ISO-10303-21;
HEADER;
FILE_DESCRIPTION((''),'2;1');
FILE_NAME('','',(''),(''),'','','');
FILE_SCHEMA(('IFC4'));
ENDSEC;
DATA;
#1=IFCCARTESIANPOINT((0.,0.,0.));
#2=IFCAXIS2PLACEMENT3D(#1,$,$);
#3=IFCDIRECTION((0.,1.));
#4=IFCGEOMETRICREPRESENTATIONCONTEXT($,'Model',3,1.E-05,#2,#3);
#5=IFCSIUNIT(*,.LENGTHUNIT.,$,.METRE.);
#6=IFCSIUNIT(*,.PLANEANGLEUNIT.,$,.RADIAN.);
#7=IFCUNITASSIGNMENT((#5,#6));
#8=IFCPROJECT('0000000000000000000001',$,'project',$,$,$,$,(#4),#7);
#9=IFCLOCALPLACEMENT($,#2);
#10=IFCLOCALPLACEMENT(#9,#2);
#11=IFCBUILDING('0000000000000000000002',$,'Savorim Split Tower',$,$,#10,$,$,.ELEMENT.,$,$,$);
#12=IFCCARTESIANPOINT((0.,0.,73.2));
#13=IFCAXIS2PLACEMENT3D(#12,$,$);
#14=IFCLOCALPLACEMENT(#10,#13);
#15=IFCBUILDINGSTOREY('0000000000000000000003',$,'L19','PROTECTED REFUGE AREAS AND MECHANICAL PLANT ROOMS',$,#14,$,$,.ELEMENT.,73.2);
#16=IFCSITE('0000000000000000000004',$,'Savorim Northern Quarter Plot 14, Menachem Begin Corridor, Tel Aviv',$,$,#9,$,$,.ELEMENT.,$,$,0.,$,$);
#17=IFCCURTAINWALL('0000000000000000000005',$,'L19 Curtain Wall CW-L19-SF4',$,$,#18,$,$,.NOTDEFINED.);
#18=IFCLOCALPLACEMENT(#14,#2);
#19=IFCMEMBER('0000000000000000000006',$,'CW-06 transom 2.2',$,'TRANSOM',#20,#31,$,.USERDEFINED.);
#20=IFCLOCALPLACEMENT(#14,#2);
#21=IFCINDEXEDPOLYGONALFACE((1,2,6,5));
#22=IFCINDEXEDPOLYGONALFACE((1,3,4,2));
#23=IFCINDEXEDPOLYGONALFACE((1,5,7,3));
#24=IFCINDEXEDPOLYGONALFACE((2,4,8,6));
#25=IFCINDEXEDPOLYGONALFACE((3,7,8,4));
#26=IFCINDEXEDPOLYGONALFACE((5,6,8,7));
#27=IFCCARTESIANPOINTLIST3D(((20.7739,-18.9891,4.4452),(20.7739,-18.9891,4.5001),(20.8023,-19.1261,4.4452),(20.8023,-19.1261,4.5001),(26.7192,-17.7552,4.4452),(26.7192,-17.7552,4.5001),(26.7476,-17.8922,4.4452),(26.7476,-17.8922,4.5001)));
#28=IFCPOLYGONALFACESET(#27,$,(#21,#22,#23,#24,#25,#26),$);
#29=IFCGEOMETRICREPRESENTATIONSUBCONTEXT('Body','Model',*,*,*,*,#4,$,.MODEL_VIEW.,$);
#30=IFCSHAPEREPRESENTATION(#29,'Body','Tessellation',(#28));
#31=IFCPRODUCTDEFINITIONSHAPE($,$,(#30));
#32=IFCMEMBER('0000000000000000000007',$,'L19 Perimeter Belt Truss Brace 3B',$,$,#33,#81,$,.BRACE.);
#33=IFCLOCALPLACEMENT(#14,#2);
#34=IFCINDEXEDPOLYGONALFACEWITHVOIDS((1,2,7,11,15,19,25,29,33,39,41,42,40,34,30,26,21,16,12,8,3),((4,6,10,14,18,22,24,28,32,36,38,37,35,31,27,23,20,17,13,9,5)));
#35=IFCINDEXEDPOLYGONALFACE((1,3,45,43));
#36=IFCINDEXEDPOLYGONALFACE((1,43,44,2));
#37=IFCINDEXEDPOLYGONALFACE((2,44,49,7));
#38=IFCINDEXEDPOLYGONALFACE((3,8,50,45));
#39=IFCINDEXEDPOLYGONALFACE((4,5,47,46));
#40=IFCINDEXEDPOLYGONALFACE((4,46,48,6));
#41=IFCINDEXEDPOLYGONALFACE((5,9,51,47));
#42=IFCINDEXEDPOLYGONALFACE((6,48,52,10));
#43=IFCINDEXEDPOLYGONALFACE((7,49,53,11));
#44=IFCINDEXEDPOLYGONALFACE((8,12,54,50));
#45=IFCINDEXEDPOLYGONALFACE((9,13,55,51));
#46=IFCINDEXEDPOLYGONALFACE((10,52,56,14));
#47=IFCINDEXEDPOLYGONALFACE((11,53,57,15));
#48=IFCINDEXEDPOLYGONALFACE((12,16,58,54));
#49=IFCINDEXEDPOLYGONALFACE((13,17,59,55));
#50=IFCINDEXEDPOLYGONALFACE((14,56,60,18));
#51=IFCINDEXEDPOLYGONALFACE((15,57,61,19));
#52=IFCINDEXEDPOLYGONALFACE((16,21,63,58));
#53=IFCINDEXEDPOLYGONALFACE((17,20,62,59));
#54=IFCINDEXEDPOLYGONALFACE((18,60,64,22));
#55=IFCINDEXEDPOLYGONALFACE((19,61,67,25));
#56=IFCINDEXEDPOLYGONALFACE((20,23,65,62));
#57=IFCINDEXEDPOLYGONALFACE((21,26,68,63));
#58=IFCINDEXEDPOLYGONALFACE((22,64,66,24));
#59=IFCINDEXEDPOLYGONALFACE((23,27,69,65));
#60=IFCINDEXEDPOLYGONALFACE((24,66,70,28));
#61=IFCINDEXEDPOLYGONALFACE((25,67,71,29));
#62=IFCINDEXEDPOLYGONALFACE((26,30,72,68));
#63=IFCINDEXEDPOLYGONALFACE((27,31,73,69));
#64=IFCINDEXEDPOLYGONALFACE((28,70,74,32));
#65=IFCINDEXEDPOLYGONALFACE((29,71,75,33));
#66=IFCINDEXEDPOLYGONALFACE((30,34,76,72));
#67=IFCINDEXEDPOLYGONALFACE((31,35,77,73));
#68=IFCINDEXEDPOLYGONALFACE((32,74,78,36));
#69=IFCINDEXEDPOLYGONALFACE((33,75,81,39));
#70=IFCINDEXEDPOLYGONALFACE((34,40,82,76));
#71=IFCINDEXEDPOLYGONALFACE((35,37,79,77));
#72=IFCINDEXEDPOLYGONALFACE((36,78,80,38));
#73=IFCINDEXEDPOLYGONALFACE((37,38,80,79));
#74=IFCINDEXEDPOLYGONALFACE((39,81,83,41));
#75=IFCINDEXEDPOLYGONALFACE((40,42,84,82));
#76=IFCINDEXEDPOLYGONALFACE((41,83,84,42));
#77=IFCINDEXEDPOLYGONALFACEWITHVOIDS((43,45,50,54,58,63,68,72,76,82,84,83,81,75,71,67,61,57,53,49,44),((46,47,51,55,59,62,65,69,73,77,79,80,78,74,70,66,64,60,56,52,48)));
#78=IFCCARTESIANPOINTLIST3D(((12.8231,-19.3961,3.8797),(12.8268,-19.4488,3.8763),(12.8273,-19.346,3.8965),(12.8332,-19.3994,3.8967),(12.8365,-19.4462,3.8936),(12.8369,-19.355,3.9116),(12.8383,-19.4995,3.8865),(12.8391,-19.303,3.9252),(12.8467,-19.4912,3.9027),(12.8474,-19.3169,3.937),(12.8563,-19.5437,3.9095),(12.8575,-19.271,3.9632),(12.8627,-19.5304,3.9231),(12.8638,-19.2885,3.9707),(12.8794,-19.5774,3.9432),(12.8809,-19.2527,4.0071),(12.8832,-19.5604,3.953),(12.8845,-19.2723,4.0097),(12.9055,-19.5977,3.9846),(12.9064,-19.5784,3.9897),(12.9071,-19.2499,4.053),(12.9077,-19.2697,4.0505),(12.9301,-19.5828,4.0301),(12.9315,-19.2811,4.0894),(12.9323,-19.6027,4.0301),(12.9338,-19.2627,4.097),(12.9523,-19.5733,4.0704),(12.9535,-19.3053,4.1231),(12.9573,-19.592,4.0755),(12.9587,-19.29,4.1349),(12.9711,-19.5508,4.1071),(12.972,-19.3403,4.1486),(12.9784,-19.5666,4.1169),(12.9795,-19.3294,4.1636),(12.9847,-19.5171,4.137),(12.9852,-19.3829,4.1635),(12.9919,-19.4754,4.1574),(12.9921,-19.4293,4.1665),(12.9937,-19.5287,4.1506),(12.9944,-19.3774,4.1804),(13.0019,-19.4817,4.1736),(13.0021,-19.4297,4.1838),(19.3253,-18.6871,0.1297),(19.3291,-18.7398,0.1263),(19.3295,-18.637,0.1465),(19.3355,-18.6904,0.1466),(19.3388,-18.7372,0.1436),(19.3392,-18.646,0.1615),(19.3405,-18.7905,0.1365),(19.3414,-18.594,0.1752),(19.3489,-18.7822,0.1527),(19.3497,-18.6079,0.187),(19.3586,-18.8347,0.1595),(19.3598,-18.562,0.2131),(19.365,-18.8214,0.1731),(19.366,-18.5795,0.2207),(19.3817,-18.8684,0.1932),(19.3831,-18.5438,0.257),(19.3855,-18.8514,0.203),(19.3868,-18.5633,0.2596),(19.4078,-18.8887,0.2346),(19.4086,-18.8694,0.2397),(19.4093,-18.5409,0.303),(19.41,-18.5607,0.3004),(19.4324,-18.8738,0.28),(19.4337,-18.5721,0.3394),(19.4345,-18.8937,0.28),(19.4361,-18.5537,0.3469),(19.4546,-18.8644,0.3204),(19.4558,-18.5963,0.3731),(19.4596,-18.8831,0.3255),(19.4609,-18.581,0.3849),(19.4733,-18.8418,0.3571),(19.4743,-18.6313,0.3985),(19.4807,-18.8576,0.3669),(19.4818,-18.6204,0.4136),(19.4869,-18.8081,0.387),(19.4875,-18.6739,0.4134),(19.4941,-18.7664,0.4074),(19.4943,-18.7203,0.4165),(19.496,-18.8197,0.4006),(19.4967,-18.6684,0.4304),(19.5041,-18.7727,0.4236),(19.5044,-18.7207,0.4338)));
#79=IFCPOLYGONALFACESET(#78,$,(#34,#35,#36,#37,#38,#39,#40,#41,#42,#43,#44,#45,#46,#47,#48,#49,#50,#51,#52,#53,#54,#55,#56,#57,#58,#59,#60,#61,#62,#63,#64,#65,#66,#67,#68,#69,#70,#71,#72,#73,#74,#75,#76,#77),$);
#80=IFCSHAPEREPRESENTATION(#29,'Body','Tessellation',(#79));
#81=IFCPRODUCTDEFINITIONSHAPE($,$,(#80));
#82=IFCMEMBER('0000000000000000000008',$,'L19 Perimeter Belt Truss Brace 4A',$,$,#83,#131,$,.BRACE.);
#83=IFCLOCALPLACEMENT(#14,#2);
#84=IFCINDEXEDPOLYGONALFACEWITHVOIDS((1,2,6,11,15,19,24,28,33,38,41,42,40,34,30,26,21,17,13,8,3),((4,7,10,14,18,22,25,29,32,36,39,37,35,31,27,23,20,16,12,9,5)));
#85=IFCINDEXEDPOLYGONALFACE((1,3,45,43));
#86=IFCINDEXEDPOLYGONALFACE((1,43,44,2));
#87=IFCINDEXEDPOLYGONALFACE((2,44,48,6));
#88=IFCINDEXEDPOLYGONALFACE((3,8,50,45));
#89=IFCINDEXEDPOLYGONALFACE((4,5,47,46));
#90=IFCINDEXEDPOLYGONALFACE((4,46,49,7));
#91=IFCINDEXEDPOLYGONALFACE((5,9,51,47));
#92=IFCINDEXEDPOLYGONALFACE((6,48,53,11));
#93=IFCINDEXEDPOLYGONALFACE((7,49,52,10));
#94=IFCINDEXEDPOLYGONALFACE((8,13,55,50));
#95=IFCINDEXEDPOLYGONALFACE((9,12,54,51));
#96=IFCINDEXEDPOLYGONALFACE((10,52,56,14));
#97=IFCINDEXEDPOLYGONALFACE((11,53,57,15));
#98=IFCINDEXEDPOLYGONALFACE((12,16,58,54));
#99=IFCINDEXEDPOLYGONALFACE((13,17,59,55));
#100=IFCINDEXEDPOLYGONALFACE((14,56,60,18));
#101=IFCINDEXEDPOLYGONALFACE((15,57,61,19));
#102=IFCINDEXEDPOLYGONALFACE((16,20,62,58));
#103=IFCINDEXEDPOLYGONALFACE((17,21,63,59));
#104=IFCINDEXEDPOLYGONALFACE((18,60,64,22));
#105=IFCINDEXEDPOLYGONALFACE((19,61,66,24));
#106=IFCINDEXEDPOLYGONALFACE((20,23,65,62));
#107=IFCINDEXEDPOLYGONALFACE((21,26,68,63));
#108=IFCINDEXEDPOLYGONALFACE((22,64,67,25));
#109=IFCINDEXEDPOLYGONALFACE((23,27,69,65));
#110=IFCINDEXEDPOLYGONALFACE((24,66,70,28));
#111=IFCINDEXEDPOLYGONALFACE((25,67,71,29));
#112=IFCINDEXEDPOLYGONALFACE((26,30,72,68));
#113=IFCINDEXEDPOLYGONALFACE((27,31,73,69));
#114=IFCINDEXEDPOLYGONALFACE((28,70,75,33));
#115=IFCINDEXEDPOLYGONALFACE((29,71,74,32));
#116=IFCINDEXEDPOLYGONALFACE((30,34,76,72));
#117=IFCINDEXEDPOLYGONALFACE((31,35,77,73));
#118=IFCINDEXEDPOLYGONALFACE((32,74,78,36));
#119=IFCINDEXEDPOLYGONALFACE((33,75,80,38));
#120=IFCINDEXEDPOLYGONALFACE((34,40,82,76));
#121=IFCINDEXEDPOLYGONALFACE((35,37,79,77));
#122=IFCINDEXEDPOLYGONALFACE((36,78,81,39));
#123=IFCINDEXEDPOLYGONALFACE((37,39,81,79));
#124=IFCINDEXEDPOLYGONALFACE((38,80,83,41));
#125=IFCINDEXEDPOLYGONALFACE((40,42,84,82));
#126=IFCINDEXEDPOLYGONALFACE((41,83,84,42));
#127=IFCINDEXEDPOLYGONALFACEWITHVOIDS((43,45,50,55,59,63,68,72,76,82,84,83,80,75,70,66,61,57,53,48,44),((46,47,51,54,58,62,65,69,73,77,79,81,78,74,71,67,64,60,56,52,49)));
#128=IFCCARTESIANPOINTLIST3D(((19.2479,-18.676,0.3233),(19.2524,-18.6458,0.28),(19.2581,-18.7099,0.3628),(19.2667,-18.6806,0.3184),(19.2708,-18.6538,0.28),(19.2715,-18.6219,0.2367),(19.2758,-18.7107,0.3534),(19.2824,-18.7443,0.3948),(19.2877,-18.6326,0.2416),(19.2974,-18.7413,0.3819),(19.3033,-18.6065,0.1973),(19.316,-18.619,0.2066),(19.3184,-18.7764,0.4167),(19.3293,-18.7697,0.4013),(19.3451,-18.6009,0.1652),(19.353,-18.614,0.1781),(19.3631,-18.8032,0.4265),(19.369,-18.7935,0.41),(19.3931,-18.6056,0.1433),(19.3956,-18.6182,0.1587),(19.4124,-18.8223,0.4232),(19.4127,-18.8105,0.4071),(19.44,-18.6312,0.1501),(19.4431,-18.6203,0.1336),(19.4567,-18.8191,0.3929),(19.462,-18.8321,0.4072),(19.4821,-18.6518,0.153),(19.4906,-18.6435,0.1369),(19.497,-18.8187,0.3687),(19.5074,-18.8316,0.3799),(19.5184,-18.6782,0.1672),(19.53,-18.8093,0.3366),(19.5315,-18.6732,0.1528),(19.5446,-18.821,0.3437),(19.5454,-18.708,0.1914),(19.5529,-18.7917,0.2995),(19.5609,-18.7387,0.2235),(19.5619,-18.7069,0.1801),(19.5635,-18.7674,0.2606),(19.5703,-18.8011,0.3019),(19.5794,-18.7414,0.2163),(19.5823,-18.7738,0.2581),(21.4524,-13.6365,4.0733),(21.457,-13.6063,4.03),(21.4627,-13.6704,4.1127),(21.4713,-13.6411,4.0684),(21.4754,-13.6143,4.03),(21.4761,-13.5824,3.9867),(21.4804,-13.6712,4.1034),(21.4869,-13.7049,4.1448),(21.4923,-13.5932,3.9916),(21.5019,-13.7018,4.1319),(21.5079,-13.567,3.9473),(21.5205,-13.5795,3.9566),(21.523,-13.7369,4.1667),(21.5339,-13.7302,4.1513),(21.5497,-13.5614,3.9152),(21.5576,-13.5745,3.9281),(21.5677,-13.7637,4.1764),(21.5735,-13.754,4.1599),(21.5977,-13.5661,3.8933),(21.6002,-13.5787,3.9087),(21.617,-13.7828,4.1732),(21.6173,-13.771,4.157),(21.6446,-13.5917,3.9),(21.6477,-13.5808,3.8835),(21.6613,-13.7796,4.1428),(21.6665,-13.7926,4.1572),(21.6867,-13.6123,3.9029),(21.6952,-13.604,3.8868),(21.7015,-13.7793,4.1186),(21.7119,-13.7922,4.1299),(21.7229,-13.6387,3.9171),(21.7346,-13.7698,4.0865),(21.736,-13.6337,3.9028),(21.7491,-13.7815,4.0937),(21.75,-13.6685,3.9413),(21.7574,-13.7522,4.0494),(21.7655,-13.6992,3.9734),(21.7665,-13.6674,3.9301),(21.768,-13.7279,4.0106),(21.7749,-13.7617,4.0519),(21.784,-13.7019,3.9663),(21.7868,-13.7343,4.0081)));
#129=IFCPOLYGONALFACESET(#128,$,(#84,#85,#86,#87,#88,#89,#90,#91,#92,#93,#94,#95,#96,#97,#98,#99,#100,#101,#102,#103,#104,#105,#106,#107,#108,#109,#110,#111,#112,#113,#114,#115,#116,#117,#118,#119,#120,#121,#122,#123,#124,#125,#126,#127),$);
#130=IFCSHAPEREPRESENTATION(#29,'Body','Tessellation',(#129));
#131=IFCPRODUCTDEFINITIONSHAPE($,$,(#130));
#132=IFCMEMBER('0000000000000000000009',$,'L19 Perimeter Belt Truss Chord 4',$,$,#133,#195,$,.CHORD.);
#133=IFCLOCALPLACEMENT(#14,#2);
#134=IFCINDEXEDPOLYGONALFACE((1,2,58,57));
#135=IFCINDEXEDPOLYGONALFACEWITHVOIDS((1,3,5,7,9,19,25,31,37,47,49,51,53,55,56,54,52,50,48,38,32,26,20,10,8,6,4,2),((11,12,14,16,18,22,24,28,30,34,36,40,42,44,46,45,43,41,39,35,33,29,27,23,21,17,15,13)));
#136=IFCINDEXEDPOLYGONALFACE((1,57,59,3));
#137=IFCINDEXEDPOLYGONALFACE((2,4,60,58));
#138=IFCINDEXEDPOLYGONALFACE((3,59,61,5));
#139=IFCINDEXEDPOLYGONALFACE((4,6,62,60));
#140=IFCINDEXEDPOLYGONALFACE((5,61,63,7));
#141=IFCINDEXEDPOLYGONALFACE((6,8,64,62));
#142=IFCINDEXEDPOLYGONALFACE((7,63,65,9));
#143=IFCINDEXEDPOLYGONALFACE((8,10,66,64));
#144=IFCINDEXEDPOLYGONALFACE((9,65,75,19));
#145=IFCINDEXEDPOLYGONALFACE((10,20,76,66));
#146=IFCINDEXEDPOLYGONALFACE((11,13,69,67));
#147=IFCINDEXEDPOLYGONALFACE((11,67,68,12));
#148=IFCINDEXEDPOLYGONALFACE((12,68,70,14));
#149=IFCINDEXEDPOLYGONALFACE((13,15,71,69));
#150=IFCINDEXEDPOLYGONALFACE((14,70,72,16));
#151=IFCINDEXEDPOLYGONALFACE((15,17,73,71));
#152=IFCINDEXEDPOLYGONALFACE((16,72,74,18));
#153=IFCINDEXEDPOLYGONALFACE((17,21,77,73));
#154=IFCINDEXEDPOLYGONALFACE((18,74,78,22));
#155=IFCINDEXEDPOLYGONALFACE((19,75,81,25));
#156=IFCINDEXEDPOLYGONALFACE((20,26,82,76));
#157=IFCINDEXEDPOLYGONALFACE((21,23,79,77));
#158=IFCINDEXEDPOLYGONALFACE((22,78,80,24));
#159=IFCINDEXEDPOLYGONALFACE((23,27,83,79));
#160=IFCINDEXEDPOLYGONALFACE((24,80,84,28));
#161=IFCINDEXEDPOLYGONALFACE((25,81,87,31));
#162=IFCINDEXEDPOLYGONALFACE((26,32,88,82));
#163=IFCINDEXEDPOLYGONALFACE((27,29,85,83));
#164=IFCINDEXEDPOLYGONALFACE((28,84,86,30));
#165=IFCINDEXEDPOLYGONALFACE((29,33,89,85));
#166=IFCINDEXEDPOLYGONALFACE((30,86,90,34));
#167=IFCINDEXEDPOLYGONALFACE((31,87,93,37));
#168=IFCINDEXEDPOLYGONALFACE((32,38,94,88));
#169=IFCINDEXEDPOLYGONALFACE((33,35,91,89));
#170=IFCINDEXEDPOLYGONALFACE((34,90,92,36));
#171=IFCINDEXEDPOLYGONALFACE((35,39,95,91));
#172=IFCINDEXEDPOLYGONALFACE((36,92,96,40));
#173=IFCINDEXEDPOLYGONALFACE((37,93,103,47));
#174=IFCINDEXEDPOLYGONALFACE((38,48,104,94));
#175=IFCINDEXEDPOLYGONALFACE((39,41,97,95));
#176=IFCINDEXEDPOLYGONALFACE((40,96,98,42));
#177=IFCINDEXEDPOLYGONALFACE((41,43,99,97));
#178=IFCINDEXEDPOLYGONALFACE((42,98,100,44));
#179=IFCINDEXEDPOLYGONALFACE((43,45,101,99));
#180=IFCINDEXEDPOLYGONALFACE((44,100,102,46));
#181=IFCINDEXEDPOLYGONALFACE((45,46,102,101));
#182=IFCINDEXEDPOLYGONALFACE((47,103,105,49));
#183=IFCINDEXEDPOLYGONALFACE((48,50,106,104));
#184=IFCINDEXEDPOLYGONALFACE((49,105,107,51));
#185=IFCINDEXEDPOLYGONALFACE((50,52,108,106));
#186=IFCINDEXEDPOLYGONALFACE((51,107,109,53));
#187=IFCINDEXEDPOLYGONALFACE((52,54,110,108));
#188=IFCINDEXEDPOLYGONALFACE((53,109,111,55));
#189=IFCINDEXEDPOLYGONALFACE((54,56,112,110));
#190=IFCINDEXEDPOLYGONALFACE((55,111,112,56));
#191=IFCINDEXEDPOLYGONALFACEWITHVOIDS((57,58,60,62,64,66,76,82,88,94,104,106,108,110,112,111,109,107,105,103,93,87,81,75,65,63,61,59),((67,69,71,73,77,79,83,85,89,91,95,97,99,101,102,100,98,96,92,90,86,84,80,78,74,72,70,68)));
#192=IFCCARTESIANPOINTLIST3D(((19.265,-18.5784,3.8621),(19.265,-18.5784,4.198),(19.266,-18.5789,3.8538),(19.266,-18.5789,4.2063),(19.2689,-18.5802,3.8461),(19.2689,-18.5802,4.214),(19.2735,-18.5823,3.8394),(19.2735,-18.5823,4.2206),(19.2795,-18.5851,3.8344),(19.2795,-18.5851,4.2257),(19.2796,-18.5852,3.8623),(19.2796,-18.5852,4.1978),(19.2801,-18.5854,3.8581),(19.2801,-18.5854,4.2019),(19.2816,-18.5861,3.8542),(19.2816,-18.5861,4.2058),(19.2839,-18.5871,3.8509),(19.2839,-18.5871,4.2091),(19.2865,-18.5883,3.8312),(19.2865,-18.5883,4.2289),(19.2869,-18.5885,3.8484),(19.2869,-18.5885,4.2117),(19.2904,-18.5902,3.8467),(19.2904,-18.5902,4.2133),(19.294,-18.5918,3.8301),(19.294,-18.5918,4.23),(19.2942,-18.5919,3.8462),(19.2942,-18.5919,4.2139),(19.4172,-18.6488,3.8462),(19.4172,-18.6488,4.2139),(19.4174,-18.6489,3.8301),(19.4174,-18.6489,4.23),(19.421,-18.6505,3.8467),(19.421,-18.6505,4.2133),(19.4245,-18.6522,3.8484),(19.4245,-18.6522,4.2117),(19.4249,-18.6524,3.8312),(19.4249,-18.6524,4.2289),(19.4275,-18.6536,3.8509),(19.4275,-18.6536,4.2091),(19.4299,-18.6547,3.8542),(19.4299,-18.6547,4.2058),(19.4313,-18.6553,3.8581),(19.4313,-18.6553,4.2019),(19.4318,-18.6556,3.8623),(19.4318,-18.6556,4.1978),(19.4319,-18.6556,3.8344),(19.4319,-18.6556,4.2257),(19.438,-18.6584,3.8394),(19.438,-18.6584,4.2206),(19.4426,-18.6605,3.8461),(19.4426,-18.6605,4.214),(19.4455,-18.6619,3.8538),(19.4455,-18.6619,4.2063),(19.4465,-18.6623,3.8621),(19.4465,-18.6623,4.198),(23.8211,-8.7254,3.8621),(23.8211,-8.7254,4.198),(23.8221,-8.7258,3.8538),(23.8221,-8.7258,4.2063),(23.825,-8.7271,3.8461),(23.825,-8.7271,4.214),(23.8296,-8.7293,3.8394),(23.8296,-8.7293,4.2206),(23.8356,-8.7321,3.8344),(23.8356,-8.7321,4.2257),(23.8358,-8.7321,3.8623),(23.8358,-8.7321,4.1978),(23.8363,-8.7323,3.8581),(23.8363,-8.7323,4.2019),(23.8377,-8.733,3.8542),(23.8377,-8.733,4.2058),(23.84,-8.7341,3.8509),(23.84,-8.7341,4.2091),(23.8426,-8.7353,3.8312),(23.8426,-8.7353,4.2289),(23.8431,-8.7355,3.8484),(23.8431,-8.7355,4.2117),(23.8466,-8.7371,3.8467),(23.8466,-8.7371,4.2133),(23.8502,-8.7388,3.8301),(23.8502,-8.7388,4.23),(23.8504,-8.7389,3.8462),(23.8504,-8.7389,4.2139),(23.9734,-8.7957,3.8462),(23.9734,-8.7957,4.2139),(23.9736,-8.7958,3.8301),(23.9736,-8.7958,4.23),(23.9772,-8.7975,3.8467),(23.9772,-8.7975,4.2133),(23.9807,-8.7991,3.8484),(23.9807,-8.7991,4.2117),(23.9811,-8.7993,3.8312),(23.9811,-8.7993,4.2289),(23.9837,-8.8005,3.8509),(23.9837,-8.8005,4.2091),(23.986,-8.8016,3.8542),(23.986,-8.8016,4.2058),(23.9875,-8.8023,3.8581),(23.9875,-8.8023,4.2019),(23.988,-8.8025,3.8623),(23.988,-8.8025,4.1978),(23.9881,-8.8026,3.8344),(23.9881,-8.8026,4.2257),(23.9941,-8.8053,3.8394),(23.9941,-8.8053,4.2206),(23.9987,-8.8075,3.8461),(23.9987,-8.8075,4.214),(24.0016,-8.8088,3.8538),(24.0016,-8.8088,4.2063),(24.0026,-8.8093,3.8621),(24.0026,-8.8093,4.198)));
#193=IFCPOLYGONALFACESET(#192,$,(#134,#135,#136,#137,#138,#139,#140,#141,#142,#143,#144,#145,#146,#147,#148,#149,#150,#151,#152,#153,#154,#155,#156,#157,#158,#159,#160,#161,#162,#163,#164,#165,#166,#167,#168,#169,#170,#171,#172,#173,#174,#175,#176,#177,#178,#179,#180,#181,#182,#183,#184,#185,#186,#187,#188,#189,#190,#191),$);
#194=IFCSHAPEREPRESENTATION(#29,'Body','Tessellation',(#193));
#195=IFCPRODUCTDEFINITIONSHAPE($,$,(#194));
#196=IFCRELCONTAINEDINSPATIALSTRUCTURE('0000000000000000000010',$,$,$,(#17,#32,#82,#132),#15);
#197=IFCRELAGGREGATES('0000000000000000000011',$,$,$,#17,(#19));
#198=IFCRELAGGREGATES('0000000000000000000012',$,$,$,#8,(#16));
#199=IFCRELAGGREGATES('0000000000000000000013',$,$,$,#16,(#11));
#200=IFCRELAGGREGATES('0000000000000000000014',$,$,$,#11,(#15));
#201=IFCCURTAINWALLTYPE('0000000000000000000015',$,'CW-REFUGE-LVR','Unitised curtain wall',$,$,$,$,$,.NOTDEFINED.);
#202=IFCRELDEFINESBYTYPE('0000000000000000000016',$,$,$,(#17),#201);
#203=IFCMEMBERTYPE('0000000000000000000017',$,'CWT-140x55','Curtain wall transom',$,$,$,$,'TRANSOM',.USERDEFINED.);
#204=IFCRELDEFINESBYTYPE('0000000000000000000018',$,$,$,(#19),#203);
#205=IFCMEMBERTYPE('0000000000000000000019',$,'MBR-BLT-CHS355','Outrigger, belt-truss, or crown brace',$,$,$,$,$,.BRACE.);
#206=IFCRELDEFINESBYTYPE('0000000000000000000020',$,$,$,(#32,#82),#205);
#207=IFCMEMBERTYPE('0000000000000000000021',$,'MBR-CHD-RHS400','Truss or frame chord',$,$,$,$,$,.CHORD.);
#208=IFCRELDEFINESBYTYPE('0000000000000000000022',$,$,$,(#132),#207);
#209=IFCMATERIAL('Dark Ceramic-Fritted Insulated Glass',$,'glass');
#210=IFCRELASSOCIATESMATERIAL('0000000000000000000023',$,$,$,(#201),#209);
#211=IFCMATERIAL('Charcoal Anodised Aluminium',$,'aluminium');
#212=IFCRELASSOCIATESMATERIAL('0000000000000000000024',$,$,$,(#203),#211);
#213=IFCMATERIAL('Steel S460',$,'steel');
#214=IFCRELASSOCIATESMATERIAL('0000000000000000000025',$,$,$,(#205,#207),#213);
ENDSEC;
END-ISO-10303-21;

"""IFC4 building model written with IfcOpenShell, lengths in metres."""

from ifc_helpers import new_model, si_unit, direction, frame, origin, origin_2d, place, context, subcontext, project, spatial, rectangle, hollow_rectangle, hollow_circle, extrude, material, material_profile, profile_set, type_object, element, aggregate, save


model = new_model("IFC4")

# Units and contexts
model_context = context("Model", 3, precision=1e-05, world=origin(), true_north=direction((0.0, 1.0)))
body_context = subcontext(model_context, "Body", "Model", "MODEL_VIEW")
ifc_project = project(units=[si_unit("LENGTHUNIT", "METRE"), si_unit("PLANEANGLEUNIT", "RADIAN")], contexts=[model_context])

# Site, building, storey
site_placement = place(None, origin())
site = spatial("IfcSite", under=ifc_project, at=site_placement, Name="Savorim Northern Quarter Plot 14, Menachem Begin Corridor, Tel Aviv", CompositionType="ELEMENT", RefElevation=0.0)
building_placement = place(site_placement, origin())
building = spatial("IfcBuilding", under=site, at=building_placement, Name="Savorim Split Tower", CompositionType="ELEMENT")
storey_placement = place(building_placement, frame((0.0, 0.0, 73.2)))
storey = spatial("IfcBuildingStorey", under=building, at=storey_placement, Name="L19", Description="PROTECTED REFUGE AREAS AND MECHANICAL PLANT ROOMS", CompositionType="ELEMENT", Elevation=73.2)

# Shared definitions
ifc_material_1 = material(Name="Steel S460", Category="steel")

# Curtain wall, member
ifc_material_2 = material(Name="Dark Ceramic-Fritted Insulated Glass", Category="glass")
curtain_wall_type = type_object("IfcCurtainWallType", Name="CW-REFUGE-LVR", Description="Unitised curtain wall", PredefinedType="NOTDEFINED", material=ifc_material_2)
curtain_wall_placement = place(storey_placement, origin())
curtain_wall = element("IfcCurtainWall", 1, at=curtain_wall_placement, inside=storey, type_object=curtain_wall_type, Name="L19 Curtain Wall CW-L19-SF4", PredefinedType="NOTDEFINED")
ifc_material_3 = material(Name="Charcoal Anodised Aluminium", Category="aluminium")
ifc_material_profile_1 = material_profile(ifc_material_3, rectangle(XDim=0.1399, YDim=0.0549, at=origin_2d()), Name="ALU-T 140x55")
ifc_profile_set_1 = profile_set([ifc_material_profile_1], Name="Charcoal Anodised Aluminium")
member_type_1 = type_object("IfcMemberType", Name="CWT-140x55", Description="Curtain wall transom", ElementType="TRANSOM", PredefinedType="USERDEFINED", material=ifc_profile_set_1)
member_1_placement = place(storey_placement, frame((20.7881, -19.0576, 4.4727), z_axis=(0.979135, 0.203209, 0.0), x_axis=(-0.203209, 0.979135, 0.0)))
member_1 = element("IfcMember", 2, at=member_1_placement, type_object=member_type_1, Name="CW-06 transom 2.2", ObjectType="TRANSOM", PredefinedType="USERDEFINED", context=body_context, shape_type="SweptSolid", body=[
    extrude(rectangle(XDim=0.1399, YDim=0.0549, at=origin_2d()), origin(), (0.0, 0.0, 1.0), 6.072),
])

# Members
ifc_material_profile_2 = material_profile(ifc_material_1, hollow_circle(Radius=0.1777, WallThickness=0.02, at=origin_2d()), Name="CHS 355.6x20")
ifc_profile_set_2 = profile_set([ifc_material_profile_2], Name="Steel S460")
member_type_2 = type_object("IfcMemberType", Name="MBR-BLT-CHS355", Description="Outrigger, belt-truss, or crown brace", PredefinedType="BRACE", material=ifc_profile_set_2)
member_2_placement = place(storey_placement, frame((19.4153, -18.717, 0.28), z_axis=(-0.86242, -0.094036, 0.497382), x_axis=(0.108395, -0.994108, 0.0)))
element("IfcMember", 3, at=member_2_placement, inside=storey, type_object=member_type_2, Name="L19 Perimeter Belt Truss Brace 3B", PredefinedType="BRACE", context=body_context, shape_type="SweptSolid", body=[
    extrude(hollow_circle(Radius=0.1777, WallThickness=0.02, at=origin_2d()), origin(), (0.0, 0.0, 1.0), 7.5396),
])
member_3_placement = place(storey_placement, frame((19.4153, -18.717, 0.28), z_axis=(0.331153, 0.756995, 0.563291), x_axis=(-0.916172, 0.400786, 0.0)))
element("IfcMember", 4, at=member_3_placement, inside=storey, type_object=member_type_2, Name="L19 Perimeter Belt Truss Brace 4A", PredefinedType="BRACE", context=body_context, shape_type="SweptSolid", body=[
    extrude(hollow_circle(Radius=0.1777, WallThickness=0.02, at=origin_2d()), origin(), (0.0, 0.0, 1.0), 6.6572),
])
ifc_material_profile_3 = material_profile(ifc_material_1, hollow_rectangle(XDim=0.2, YDim=0.3999, WallThickness=0.0161, InnerFilletRadius=0.0161, OuterFilletRadius=0.032, at=origin_2d()), Name="RHS 400x200x16")
ifc_profile_set_3 = profile_set([ifc_material_profile_3], Name="Steel S460")
member_type_3 = type_object("IfcMemberType", Name="MBR-CHD-RHS400", Description="Truss or frame chord", PredefinedType="CHORD", material=ifc_profile_set_3)
member_4_placement = place(storey_placement, frame((19.3557, -18.6204, 4.03), z_axis=(0.419711, 0.907658, 0.0), x_axis=(-0.907658, 0.419711, 0.0)))
element("IfcMember", 5, at=member_4_placement, inside=storey, type_object=member_type_3, Name="L19 Perimeter Belt Truss Chord 4", PredefinedType="CHORD", context=body_context, shape_type="SweptSolid", body=[
    extrude(hollow_rectangle(XDim=0.2, YDim=0.3999, WallThickness=0.0161, InnerFilletRadius=0.0161, OuterFilletRadius=0.032, at=origin_2d()), origin(), (0.0, 0.0, 1.0), 10.8555),
])

aggregate(curtain_wall, [member_1])

save(model, "model.ifc")
